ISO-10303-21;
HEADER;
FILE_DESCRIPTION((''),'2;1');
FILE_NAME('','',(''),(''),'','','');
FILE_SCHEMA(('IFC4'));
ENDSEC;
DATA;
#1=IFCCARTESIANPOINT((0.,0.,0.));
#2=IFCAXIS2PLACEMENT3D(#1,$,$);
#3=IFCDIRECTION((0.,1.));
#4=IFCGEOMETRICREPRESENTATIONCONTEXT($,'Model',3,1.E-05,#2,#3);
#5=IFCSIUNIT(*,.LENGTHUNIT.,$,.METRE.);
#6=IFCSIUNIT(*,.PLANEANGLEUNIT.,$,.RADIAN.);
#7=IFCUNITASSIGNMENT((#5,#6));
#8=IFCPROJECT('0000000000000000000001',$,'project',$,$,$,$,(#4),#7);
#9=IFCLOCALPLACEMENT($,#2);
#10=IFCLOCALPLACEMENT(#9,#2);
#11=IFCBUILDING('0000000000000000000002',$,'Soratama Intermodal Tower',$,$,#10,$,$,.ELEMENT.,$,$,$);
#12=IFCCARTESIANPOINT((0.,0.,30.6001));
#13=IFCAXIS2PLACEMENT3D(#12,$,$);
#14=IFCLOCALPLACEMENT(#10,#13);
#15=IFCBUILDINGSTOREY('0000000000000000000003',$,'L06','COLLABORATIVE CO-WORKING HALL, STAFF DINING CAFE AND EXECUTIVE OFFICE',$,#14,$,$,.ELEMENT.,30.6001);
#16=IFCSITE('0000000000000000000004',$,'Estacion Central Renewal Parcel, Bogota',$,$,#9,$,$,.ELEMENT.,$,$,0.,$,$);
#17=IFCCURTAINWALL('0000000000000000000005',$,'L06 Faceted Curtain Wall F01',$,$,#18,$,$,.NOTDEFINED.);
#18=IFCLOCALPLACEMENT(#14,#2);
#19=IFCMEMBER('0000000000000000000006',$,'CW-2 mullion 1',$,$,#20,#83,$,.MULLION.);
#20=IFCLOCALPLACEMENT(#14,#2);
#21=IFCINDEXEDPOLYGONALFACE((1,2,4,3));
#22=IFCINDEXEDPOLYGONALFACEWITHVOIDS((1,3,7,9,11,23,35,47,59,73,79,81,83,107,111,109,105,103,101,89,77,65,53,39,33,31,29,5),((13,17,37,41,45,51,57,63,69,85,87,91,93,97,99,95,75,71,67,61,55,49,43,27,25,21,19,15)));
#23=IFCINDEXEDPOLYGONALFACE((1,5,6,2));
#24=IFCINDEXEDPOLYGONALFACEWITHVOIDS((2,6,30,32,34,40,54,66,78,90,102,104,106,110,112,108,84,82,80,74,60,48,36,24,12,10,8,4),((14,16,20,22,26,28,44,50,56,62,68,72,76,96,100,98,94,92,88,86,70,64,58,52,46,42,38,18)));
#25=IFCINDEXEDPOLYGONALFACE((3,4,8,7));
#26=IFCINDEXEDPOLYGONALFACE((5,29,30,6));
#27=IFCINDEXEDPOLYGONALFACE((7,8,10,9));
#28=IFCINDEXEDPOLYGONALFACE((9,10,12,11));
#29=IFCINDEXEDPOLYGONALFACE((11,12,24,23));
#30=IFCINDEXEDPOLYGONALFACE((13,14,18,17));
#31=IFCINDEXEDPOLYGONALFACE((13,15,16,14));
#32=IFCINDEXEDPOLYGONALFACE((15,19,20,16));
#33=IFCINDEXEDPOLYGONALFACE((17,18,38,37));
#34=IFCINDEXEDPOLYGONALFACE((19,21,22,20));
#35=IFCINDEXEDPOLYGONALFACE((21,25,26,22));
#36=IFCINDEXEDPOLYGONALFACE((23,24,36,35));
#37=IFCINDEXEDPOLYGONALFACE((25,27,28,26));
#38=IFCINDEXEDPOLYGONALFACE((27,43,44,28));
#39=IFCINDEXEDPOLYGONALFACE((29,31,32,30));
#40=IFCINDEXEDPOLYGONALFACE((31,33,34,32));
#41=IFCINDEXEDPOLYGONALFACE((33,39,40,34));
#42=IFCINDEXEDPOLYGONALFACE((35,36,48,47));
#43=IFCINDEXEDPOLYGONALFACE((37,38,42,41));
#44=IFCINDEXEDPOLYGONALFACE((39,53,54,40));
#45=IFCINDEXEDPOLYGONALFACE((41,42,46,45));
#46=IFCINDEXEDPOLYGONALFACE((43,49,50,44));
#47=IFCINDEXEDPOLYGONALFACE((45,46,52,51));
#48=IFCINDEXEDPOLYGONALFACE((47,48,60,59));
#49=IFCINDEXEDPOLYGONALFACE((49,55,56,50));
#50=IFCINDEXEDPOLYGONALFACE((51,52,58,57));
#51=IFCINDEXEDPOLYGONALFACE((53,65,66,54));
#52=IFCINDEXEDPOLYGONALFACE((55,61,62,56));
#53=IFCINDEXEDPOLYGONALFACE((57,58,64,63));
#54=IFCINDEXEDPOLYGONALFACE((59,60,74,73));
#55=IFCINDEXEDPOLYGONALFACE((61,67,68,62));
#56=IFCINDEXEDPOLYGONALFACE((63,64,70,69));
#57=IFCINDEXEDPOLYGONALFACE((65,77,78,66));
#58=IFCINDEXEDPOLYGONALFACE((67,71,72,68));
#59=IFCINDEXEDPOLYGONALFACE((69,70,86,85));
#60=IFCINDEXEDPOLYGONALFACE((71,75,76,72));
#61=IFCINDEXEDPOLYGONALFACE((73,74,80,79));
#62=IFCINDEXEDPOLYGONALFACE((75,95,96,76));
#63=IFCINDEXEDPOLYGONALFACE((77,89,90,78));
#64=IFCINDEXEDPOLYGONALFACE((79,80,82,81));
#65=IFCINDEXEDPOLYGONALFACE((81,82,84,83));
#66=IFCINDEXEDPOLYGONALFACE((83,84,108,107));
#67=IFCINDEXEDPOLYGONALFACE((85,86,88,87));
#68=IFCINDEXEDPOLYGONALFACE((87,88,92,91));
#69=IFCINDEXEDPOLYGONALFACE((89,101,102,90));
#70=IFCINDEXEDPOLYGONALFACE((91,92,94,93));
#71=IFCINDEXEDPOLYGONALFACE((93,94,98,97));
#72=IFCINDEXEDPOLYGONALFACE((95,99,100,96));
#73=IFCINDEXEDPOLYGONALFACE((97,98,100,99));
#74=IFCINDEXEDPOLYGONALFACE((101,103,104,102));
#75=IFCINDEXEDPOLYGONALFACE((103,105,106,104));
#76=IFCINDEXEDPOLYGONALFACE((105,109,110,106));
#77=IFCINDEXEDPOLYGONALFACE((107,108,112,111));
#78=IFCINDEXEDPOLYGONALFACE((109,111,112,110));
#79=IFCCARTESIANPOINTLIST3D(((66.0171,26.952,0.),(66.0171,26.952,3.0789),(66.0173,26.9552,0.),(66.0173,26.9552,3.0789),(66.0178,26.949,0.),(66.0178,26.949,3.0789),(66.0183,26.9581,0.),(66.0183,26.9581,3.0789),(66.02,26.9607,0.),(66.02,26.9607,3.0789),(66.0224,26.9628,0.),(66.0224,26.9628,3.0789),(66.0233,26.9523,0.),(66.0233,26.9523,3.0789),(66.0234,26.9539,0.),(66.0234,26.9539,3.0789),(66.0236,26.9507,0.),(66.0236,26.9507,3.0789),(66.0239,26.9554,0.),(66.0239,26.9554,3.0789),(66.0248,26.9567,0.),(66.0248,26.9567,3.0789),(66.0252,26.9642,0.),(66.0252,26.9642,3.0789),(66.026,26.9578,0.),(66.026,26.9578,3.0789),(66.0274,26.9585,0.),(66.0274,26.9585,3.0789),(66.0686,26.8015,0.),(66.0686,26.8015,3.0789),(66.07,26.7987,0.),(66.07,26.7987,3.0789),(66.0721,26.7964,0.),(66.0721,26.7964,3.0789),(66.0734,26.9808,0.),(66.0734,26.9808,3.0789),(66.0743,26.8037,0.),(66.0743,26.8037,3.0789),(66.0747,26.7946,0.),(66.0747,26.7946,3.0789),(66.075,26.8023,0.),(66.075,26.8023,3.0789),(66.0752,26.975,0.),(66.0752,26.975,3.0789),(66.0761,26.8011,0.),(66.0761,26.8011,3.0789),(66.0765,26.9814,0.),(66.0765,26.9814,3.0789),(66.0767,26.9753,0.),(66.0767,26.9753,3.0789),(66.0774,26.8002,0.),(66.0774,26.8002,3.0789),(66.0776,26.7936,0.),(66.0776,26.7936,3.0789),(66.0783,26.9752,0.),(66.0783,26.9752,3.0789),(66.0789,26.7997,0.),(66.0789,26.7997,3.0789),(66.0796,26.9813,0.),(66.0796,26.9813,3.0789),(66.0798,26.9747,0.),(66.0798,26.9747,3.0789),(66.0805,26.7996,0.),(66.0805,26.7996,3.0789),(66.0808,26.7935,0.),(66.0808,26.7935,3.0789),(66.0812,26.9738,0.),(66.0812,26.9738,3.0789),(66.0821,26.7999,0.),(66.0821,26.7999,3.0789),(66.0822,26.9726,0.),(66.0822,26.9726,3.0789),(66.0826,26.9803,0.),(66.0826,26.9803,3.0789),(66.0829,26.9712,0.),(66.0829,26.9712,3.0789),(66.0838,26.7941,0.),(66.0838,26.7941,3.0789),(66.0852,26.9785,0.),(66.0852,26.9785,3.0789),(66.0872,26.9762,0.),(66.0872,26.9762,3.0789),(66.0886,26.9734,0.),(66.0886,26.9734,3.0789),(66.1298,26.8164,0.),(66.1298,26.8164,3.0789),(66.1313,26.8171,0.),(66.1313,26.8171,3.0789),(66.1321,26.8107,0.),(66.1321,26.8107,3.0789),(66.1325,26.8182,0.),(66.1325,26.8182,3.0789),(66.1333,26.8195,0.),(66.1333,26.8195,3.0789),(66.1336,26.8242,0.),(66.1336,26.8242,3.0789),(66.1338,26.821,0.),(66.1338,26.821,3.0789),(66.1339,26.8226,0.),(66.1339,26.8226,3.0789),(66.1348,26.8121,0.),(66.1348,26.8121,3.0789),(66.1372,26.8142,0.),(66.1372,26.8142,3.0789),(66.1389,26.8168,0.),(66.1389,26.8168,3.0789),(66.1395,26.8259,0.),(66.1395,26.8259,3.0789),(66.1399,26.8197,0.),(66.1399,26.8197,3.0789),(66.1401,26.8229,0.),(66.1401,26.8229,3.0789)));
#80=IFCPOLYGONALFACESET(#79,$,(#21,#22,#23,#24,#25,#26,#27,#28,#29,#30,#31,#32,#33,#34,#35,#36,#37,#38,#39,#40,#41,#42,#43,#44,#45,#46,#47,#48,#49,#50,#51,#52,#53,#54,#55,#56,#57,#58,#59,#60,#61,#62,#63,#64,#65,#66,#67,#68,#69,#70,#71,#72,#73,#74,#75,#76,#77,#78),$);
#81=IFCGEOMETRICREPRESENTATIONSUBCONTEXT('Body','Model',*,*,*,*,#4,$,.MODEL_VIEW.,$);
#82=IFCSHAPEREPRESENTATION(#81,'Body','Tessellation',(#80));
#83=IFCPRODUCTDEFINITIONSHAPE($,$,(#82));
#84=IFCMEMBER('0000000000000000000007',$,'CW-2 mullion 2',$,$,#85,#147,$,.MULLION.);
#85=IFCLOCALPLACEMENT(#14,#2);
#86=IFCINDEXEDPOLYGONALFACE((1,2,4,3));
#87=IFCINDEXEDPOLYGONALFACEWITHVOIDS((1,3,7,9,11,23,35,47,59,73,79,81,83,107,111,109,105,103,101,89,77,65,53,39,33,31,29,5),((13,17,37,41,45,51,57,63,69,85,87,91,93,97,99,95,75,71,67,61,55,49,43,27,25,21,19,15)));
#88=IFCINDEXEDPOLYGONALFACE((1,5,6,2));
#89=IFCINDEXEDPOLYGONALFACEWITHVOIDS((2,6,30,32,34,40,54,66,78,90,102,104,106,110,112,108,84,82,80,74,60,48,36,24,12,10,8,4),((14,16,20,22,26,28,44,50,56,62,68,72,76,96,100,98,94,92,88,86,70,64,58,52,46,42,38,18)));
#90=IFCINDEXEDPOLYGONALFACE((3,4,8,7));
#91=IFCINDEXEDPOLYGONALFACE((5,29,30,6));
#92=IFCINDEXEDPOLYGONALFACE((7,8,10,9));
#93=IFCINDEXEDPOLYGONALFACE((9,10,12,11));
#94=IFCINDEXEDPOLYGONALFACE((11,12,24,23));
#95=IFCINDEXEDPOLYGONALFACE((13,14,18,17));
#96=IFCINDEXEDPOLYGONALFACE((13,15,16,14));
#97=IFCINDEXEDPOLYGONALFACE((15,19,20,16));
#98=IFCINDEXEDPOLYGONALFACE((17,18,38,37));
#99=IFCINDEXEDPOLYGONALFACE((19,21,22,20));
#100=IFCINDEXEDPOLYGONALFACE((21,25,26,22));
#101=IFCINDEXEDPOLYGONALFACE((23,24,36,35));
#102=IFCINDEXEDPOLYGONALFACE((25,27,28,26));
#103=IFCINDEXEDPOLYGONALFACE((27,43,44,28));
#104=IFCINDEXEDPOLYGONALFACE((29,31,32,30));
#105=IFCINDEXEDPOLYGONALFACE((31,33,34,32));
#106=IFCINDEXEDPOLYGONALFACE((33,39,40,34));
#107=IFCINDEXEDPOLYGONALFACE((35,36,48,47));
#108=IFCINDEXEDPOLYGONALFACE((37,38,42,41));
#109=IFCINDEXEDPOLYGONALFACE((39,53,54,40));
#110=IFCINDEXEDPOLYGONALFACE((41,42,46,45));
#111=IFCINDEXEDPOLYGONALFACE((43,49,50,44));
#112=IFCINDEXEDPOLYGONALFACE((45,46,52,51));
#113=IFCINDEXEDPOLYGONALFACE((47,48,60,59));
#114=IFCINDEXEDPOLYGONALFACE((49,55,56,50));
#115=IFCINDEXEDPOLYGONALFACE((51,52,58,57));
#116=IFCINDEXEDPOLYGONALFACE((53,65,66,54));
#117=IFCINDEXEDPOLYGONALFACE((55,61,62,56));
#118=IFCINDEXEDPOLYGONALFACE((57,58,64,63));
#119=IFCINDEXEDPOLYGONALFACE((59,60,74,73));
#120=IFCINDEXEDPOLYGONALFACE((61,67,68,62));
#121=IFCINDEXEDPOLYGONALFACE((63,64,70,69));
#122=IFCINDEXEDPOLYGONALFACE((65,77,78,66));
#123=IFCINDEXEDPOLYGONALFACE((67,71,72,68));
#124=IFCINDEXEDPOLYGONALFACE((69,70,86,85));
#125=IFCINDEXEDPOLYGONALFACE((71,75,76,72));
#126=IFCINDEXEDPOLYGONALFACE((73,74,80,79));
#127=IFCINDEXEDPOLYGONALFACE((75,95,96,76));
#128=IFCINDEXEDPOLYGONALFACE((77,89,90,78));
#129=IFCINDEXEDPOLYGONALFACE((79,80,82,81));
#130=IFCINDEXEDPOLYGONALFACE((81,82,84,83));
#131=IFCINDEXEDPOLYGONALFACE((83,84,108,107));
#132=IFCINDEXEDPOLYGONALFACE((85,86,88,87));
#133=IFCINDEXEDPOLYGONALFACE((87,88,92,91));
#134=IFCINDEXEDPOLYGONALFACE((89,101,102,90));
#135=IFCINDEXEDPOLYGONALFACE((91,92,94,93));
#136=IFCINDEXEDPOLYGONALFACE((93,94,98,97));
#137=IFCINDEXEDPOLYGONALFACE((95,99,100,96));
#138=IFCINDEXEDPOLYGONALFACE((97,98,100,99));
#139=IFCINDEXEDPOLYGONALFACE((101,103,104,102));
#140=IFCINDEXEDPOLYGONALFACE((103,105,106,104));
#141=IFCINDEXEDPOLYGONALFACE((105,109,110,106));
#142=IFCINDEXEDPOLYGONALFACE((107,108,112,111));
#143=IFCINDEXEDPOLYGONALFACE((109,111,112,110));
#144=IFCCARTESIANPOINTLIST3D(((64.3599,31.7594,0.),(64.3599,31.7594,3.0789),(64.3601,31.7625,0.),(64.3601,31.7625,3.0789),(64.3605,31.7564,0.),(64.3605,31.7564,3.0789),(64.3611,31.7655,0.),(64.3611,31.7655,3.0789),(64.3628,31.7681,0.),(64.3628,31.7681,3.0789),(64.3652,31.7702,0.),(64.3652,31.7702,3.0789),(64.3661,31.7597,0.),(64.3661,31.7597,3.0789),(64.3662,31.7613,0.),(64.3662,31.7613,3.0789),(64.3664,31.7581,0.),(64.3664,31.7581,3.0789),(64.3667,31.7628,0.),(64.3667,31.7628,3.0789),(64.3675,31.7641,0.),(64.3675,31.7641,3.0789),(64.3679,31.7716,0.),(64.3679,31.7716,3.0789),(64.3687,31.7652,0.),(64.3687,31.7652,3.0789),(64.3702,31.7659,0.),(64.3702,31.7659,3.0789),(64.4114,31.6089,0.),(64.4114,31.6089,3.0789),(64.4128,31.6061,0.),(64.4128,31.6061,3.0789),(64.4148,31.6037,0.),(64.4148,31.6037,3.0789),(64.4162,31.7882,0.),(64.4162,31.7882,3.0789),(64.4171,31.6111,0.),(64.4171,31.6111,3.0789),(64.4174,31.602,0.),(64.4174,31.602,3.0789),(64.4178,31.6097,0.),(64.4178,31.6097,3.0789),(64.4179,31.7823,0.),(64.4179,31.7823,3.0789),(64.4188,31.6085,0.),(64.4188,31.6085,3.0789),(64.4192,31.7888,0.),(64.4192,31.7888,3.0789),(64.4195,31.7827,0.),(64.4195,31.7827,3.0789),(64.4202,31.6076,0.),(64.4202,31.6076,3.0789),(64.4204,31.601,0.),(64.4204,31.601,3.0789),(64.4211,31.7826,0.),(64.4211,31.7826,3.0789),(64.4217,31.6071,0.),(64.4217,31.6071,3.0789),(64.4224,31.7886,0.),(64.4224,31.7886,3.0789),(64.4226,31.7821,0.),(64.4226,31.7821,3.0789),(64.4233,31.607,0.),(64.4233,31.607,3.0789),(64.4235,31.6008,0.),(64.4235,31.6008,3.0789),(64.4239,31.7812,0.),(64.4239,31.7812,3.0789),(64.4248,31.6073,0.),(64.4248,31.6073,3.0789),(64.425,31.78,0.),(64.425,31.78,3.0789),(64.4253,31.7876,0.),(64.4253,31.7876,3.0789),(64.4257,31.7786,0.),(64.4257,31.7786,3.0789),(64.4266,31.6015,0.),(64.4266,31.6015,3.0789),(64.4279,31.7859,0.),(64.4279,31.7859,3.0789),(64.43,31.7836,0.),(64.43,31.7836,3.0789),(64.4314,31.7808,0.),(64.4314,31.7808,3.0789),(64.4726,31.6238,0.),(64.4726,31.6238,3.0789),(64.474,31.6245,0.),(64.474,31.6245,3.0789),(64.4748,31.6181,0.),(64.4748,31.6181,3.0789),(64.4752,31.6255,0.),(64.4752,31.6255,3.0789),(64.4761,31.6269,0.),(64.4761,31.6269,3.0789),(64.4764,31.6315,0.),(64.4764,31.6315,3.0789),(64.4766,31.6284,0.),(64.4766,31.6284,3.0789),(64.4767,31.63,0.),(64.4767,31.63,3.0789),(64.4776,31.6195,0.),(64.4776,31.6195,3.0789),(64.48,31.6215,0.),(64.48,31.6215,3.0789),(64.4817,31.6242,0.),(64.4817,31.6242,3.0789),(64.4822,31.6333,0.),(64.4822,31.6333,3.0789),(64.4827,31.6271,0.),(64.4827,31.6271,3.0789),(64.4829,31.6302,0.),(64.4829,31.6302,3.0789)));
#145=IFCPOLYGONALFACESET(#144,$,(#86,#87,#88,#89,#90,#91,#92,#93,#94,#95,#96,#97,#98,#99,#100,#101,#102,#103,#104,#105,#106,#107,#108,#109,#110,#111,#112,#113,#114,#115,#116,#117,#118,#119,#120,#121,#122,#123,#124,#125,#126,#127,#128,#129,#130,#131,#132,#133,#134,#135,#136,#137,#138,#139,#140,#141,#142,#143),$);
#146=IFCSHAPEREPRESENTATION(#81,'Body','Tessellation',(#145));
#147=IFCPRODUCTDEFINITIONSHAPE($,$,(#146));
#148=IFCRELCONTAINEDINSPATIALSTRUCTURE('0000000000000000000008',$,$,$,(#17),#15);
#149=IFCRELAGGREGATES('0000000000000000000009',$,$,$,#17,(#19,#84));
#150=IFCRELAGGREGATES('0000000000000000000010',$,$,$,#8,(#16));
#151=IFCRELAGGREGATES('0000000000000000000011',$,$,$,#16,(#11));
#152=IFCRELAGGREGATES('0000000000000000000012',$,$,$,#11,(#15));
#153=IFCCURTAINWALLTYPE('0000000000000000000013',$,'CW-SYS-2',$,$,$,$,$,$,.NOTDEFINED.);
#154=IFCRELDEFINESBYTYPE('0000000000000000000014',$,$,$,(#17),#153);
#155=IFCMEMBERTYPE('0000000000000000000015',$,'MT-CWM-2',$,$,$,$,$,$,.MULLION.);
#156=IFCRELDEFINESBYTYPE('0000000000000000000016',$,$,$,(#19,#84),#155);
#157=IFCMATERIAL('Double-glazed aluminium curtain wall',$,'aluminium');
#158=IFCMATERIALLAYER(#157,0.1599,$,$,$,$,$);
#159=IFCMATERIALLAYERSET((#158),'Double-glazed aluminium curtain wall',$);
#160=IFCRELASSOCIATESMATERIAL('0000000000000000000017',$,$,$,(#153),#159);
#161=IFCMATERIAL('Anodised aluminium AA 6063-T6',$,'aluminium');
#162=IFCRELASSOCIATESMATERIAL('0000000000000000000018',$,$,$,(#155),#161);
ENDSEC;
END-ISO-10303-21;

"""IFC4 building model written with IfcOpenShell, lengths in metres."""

from ifc_helpers import new_model, si_unit, direction, frame, origin, origin_2d, place, context, subcontext, project, spatial, hollow_rectangle, extrude, material, layer, layer_set, material_profile, profile_set, type_object, element, aggregate, save


model = new_model("IFC4")

# Units and contexts
model_context = context("Model", 3, precision=1e-05, world=origin(), true_north=direction((0.0, 1.0)))
body_context = subcontext(model_context, "Body", "Model", "MODEL_VIEW")
ifc_project = project(units=[si_unit("LENGTHUNIT", "METRE"), si_unit("PLANEANGLEUNIT", "RADIAN")], contexts=[model_context])

# Site, building, storey
site_placement = place(None, origin())
site = spatial("IfcSite", under=ifc_project, at=site_placement, Name="Estacion Central Renewal Parcel, Bogota", CompositionType="ELEMENT", RefElevation=0.0)
building_placement = place(site_placement, origin())
building = spatial("IfcBuilding", under=site, at=building_placement, Name="Soratama Intermodal Tower", CompositionType="ELEMENT")
storey_placement = place(building_placement, frame((0.0, 0.0, 30.6001)))
storey = spatial("IfcBuildingStorey", under=building, at=storey_placement, Name="L06", Description="COLLABORATIVE CO-WORKING HALL, STAFF DINING CAFE AND EXECUTIVE OFFICE", CompositionType="ELEMENT", Elevation=30.6001)

# Curtain wall, members
ifc_material_1 = material(Name="Double-glazed aluminium curtain wall", Category="aluminium")
ifc_layer_1 = layer(ifc_material_1, 0.1599)
ifc_layer_set_1 = layer_set([ifc_layer_1], Name="Double-glazed aluminium curtain wall")
curtain_wall_type = type_object("IfcCurtainWallType", Name="CW-SYS-2", PredefinedType="NOTDEFINED", material=ifc_layer_set_1)
curtain_wall_placement = place(storey_placement, origin())
curtain_wall = element("IfcCurtainWall", 1, at=curtain_wall_placement, inside=storey, type_object=curtain_wall_type, Name="L06 Faceted Curtain Wall F01", PredefinedType="NOTDEFINED")
ifc_material_2 = material(Name="Anodised aluminium AA 6063-T6", Category="aluminium")
ifc_material_profile_1 = material_profile(ifc_material_2, hollow_rectangle(XDim=0.075, YDim=0.1799, WallThickness=0.0061, InnerFilletRadius=0.0061, OuterFilletRadius=0.012, at=origin_2d()), Name="CWM180X75X6")
ifc_profile_set_1 = profile_set([ifc_material_profile_1], Name="Anodised aluminium AA 6063-T6")
member_type_1 = type_object("IfcMemberType", Name="MT-CWM-2", PredefinedType="MULLION", material=ifc_profile_set_1)
member_1_placement = place(storey_placement, frame((66.0786, 26.8875, 0.0), z_axis=(0.0, 0.0, 1.0), x_axis=(-0.945406, -0.325894, 0.0)))
member_1 = element("IfcMember", 2, at=member_1_placement, type_object=member_type_1, Name="CW-2 mullion 1", PredefinedType="MULLION", context=body_context, shape_type="SweptSolid", body=[
    extrude(hollow_rectangle(XDim=0.075, YDim=0.1799, WallThickness=0.0061, InnerFilletRadius=0.0061, OuterFilletRadius=0.012, at=origin_2d()), origin(), (0.0, 0.0, 1.0), 3.0789),
])
member_2_placement = place(storey_placement, frame((64.4214, 31.6948, 0.0), z_axis=(0.0, 0.0, 1.0), x_axis=(-0.945406, -0.325894, 0.0)))
member_2 = element("IfcMember", 3, at=member_2_placement, type_object=member_type_1, Name="CW-2 mullion 2", PredefinedType="MULLION", context=body_context, shape_type="SweptSolid", body=[
    extrude(hollow_rectangle(XDim=0.075, YDim=0.1799, WallThickness=0.0061, InnerFilletRadius=0.0061, OuterFilletRadius=0.012, at=origin_2d()), origin(), (0.0, 0.0, 1.0), 3.0789),
])
aggregate(curtain_wall, [member_1, member_2])

save(model, "model.ifc")
